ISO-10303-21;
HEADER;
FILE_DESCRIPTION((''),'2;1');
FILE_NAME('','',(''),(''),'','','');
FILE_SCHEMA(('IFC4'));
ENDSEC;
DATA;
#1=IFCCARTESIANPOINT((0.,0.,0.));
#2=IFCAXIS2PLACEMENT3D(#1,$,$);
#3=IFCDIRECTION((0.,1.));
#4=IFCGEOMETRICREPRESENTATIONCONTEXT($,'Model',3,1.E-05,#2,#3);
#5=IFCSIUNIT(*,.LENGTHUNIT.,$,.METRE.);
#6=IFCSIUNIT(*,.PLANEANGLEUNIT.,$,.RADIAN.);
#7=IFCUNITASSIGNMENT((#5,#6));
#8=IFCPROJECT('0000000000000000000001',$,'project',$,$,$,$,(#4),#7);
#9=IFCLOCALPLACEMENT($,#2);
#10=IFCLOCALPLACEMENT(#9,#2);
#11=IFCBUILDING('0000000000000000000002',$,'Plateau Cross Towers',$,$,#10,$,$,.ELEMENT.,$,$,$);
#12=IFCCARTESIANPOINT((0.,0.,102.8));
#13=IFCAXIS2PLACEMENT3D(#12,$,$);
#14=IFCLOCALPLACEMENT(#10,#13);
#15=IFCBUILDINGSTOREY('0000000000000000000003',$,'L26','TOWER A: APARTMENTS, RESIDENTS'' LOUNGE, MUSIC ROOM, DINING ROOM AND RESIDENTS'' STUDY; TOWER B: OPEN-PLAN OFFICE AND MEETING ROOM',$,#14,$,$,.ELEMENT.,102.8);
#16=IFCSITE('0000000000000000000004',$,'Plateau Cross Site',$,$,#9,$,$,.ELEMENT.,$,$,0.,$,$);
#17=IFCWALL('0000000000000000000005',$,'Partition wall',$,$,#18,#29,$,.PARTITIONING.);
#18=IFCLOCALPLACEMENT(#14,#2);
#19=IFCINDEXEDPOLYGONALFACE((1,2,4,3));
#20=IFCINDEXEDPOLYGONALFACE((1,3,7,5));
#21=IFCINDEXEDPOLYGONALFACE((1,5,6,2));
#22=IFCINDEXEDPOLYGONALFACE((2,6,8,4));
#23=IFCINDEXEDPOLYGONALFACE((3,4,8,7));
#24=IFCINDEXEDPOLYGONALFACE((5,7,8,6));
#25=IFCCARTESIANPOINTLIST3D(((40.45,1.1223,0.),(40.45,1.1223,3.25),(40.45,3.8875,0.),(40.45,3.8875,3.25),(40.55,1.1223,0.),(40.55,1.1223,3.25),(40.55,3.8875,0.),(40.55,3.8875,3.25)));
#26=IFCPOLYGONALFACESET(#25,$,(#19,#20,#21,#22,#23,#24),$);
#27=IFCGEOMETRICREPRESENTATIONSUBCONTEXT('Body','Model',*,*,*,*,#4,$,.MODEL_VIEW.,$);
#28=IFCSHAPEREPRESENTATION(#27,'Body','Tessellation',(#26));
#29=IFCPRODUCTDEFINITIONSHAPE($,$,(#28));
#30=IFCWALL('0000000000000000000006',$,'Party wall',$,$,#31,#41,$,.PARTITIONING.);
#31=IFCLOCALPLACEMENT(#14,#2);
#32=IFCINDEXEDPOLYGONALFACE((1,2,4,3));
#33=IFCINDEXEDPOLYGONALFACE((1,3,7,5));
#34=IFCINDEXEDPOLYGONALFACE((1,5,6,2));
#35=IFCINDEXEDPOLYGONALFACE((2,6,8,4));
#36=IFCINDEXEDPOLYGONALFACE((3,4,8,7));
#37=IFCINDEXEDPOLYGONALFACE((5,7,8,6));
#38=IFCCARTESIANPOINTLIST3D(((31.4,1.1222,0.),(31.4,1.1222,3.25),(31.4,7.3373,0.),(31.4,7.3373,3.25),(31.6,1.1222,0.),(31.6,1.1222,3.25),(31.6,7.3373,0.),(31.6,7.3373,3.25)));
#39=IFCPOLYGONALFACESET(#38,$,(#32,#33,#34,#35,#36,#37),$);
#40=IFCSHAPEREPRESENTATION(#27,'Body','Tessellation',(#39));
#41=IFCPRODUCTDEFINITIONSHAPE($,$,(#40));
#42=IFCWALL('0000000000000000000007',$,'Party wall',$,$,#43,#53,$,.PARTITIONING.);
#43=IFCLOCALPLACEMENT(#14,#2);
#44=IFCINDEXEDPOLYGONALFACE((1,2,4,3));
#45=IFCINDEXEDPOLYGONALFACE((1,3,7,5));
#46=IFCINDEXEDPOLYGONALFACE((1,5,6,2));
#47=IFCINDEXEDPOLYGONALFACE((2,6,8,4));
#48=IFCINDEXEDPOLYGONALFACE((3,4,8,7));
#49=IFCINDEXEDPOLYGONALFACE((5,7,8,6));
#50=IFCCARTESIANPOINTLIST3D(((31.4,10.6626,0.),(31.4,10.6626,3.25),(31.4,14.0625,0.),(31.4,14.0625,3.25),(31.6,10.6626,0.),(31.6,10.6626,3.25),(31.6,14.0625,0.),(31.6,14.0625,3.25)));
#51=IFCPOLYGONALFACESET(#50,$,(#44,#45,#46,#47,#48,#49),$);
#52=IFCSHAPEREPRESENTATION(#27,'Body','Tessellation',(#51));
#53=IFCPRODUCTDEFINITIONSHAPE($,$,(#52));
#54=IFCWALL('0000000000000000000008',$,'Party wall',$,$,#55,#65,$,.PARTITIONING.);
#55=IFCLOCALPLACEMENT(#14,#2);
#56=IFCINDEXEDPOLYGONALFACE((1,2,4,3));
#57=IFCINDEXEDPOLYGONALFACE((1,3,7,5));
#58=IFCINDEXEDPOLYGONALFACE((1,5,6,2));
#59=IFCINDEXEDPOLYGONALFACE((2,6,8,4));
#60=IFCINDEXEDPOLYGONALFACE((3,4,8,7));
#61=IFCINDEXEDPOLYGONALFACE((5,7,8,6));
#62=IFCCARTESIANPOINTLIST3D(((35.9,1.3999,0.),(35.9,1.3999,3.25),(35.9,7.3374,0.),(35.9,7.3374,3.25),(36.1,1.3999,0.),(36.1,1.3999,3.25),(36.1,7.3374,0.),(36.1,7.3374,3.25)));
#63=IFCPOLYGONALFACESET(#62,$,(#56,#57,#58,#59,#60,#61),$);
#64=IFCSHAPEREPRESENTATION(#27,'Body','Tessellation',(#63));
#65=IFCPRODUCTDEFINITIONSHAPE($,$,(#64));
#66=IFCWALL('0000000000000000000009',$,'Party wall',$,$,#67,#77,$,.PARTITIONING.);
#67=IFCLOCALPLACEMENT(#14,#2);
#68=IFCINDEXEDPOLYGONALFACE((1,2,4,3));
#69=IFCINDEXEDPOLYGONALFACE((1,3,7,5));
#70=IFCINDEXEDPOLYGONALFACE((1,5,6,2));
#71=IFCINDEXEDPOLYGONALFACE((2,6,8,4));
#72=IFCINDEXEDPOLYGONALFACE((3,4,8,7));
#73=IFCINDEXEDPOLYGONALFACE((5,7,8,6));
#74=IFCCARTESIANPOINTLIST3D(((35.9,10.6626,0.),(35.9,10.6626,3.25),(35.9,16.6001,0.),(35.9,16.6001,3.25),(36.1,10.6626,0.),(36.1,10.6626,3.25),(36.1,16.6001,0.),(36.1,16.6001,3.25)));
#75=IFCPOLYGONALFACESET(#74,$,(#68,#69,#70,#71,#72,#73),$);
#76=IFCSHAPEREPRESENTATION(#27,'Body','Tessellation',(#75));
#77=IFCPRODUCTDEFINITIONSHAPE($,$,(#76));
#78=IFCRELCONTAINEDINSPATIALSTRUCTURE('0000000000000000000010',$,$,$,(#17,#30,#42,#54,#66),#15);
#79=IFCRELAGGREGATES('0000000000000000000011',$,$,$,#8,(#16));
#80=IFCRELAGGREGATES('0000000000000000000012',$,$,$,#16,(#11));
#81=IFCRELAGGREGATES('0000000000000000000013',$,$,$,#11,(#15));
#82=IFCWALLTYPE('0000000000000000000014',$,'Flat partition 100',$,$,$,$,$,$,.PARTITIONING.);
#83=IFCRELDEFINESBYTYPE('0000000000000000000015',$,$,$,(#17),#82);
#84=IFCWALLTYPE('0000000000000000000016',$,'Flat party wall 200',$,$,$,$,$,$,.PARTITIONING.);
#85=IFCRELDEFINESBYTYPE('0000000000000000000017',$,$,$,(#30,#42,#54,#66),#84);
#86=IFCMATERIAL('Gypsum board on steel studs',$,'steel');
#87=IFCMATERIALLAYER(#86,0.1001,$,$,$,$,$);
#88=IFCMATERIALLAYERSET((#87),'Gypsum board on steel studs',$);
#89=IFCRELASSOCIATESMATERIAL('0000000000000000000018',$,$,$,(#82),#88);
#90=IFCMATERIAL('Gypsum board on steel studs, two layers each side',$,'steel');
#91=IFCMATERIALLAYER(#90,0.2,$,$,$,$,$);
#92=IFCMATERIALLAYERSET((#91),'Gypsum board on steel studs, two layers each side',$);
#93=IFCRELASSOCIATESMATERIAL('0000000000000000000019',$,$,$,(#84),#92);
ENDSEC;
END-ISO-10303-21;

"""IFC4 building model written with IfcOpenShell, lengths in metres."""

from ifc_helpers import new_model, si_unit, direction, frame, frame_2d, origin, place, context, subcontext, project, spatial, rectangle, extrude, material, layer, layer_set, type_object, element, save


model = new_model("IFC4")

# Units and contexts
model_context = context("Model", 3, precision=1e-05, world=origin(), true_north=direction((0.0, 1.0)))
body_context = subcontext(model_context, "Body", "Model", "MODEL_VIEW")
ifc_project = project(units=[si_unit("LENGTHUNIT", "METRE"), si_unit("PLANEANGLEUNIT", "RADIAN")], contexts=[model_context])

# Site, building, storey
site_placement = place(None, origin())
site = spatial("IfcSite", under=ifc_project, at=site_placement, Name="Plateau Cross Site", CompositionType="ELEMENT", RefElevation=0.0)
building_placement = place(site_placement, origin())
building = spatial("IfcBuilding", under=site, at=building_placement, Name="Plateau Cross Towers", CompositionType="ELEMENT")
storey_placement = place(building_placement, frame((0.0, 0.0, 102.8)))
storey = spatial("IfcBuildingStorey", under=building, at=storey_placement, Name="L26", Description="TOWER A: APARTMENTS, RESIDENTS' LOUNGE, MUSIC ROOM, DINING ROOM AND RESIDENTS' STUDY; TOWER B: OPEN-PLAN OFFICE AND MEETING ROOM", CompositionType="ELEMENT", Elevation=102.8)

# Shared definitions
ifc_material_1 = material(Name="Gypsum board on steel studs", Category="steel")
ifc_layer_1 = layer(ifc_material_1, 0.1001)
ifc_layer_set_1 = layer_set([ifc_layer_1], Name="Gypsum board on steel studs")
wall_type_1 = type_object("IfcWallType", Name="Flat partition 100", PredefinedType="PARTITIONING", material=ifc_layer_set_1)

# Walls
wall_1_placement = place(storey_placement, frame((40.5, 3.8875, 0.0), z_axis=(0.0, 0.0, 1.0), x_axis=(0.0, -1.0, 0.0)))
element("IfcWall", 1, at=wall_1_placement, inside=storey, type_object=wall_type_1, Name="Partition wall", PredefinedType="PARTITIONING", context=body_context, shape_type="SweptSolid", body=[
    extrude(rectangle(XDim=2.7651, YDim=0.1001, at=frame_2d((1.3826, 0.0))), origin(), (0.0, 0.0, 1.0), 3.25),
])
ifc_material_2 = material(Name="Gypsum board on steel studs, two layers each side", Category="steel")
ifc_layer_2 = layer(ifc_material_2, 0.2)
ifc_layer_set_2 = layer_set([ifc_layer_2], Name="Gypsum board on steel studs, two layers each side")
wall_type_2 = type_object("IfcWallType", Name="Flat party wall 200", PredefinedType="PARTITIONING", material=ifc_layer_set_2)
wall_2_placement = place(storey_placement, frame((31.5, 1.1223, 0.0), z_axis=(0.0, 0.0, 1.0), x_axis=(0.0, 1.0, 0.0)))
element("IfcWall", 2, at=wall_2_placement, inside=storey, type_object=wall_type_2, Name="Party wall", PredefinedType="PARTITIONING", context=body_context, shape_type="SweptSolid", body=[
    extrude(rectangle(XDim=6.2151, YDim=0.2, at=frame_2d((3.1074, 0.0))), origin(), (0.0, 0.0, 1.0), 3.25),
])
wall_3_placement = place(storey_placement, frame((31.5, 10.6626, 0.0), z_axis=(0.0, 0.0, 1.0), x_axis=(0.0, 1.0, 0.0)))
element("IfcWall", 3, at=wall_3_placement, inside=storey, type_object=wall_type_2, Name="Party wall", PredefinedType="PARTITIONING", context=body_context, shape_type="SweptSolid", body=[
    extrude(rectangle(XDim=3.3999, YDim=0.2, at=frame_2d((1.7, 0.0))), origin(), (0.0, 0.0, 1.0), 3.25),
])
for number, where, z_axis, x_axis, name in (
    (4, (36.0, 1.3999, 0.0), (0.0, 0.0, 1.0), (0.0, 1.0, 0.0), "Party wall"),
    (5, (36.0, 10.6626, 0.0), (0.0, 0.0, 1.0), (0.0, 1.0, 0.0), "Party wall"),
):
    element("IfcWall", number, at=place(storey_placement, frame(where, z_axis=z_axis, x_axis=x_axis)), inside=storey, type_object=wall_type_2, Name=name, PredefinedType="PARTITIONING", context=body_context, shape_type="SweptSolid", body=[
        extrude(rectangle(XDim=5.9375, YDim=0.2, at=frame_2d((2.9688, 0.0))), origin(), (0.0, 0.0, 1.0), 3.25),
    ])

save(model, "model.ifc")
